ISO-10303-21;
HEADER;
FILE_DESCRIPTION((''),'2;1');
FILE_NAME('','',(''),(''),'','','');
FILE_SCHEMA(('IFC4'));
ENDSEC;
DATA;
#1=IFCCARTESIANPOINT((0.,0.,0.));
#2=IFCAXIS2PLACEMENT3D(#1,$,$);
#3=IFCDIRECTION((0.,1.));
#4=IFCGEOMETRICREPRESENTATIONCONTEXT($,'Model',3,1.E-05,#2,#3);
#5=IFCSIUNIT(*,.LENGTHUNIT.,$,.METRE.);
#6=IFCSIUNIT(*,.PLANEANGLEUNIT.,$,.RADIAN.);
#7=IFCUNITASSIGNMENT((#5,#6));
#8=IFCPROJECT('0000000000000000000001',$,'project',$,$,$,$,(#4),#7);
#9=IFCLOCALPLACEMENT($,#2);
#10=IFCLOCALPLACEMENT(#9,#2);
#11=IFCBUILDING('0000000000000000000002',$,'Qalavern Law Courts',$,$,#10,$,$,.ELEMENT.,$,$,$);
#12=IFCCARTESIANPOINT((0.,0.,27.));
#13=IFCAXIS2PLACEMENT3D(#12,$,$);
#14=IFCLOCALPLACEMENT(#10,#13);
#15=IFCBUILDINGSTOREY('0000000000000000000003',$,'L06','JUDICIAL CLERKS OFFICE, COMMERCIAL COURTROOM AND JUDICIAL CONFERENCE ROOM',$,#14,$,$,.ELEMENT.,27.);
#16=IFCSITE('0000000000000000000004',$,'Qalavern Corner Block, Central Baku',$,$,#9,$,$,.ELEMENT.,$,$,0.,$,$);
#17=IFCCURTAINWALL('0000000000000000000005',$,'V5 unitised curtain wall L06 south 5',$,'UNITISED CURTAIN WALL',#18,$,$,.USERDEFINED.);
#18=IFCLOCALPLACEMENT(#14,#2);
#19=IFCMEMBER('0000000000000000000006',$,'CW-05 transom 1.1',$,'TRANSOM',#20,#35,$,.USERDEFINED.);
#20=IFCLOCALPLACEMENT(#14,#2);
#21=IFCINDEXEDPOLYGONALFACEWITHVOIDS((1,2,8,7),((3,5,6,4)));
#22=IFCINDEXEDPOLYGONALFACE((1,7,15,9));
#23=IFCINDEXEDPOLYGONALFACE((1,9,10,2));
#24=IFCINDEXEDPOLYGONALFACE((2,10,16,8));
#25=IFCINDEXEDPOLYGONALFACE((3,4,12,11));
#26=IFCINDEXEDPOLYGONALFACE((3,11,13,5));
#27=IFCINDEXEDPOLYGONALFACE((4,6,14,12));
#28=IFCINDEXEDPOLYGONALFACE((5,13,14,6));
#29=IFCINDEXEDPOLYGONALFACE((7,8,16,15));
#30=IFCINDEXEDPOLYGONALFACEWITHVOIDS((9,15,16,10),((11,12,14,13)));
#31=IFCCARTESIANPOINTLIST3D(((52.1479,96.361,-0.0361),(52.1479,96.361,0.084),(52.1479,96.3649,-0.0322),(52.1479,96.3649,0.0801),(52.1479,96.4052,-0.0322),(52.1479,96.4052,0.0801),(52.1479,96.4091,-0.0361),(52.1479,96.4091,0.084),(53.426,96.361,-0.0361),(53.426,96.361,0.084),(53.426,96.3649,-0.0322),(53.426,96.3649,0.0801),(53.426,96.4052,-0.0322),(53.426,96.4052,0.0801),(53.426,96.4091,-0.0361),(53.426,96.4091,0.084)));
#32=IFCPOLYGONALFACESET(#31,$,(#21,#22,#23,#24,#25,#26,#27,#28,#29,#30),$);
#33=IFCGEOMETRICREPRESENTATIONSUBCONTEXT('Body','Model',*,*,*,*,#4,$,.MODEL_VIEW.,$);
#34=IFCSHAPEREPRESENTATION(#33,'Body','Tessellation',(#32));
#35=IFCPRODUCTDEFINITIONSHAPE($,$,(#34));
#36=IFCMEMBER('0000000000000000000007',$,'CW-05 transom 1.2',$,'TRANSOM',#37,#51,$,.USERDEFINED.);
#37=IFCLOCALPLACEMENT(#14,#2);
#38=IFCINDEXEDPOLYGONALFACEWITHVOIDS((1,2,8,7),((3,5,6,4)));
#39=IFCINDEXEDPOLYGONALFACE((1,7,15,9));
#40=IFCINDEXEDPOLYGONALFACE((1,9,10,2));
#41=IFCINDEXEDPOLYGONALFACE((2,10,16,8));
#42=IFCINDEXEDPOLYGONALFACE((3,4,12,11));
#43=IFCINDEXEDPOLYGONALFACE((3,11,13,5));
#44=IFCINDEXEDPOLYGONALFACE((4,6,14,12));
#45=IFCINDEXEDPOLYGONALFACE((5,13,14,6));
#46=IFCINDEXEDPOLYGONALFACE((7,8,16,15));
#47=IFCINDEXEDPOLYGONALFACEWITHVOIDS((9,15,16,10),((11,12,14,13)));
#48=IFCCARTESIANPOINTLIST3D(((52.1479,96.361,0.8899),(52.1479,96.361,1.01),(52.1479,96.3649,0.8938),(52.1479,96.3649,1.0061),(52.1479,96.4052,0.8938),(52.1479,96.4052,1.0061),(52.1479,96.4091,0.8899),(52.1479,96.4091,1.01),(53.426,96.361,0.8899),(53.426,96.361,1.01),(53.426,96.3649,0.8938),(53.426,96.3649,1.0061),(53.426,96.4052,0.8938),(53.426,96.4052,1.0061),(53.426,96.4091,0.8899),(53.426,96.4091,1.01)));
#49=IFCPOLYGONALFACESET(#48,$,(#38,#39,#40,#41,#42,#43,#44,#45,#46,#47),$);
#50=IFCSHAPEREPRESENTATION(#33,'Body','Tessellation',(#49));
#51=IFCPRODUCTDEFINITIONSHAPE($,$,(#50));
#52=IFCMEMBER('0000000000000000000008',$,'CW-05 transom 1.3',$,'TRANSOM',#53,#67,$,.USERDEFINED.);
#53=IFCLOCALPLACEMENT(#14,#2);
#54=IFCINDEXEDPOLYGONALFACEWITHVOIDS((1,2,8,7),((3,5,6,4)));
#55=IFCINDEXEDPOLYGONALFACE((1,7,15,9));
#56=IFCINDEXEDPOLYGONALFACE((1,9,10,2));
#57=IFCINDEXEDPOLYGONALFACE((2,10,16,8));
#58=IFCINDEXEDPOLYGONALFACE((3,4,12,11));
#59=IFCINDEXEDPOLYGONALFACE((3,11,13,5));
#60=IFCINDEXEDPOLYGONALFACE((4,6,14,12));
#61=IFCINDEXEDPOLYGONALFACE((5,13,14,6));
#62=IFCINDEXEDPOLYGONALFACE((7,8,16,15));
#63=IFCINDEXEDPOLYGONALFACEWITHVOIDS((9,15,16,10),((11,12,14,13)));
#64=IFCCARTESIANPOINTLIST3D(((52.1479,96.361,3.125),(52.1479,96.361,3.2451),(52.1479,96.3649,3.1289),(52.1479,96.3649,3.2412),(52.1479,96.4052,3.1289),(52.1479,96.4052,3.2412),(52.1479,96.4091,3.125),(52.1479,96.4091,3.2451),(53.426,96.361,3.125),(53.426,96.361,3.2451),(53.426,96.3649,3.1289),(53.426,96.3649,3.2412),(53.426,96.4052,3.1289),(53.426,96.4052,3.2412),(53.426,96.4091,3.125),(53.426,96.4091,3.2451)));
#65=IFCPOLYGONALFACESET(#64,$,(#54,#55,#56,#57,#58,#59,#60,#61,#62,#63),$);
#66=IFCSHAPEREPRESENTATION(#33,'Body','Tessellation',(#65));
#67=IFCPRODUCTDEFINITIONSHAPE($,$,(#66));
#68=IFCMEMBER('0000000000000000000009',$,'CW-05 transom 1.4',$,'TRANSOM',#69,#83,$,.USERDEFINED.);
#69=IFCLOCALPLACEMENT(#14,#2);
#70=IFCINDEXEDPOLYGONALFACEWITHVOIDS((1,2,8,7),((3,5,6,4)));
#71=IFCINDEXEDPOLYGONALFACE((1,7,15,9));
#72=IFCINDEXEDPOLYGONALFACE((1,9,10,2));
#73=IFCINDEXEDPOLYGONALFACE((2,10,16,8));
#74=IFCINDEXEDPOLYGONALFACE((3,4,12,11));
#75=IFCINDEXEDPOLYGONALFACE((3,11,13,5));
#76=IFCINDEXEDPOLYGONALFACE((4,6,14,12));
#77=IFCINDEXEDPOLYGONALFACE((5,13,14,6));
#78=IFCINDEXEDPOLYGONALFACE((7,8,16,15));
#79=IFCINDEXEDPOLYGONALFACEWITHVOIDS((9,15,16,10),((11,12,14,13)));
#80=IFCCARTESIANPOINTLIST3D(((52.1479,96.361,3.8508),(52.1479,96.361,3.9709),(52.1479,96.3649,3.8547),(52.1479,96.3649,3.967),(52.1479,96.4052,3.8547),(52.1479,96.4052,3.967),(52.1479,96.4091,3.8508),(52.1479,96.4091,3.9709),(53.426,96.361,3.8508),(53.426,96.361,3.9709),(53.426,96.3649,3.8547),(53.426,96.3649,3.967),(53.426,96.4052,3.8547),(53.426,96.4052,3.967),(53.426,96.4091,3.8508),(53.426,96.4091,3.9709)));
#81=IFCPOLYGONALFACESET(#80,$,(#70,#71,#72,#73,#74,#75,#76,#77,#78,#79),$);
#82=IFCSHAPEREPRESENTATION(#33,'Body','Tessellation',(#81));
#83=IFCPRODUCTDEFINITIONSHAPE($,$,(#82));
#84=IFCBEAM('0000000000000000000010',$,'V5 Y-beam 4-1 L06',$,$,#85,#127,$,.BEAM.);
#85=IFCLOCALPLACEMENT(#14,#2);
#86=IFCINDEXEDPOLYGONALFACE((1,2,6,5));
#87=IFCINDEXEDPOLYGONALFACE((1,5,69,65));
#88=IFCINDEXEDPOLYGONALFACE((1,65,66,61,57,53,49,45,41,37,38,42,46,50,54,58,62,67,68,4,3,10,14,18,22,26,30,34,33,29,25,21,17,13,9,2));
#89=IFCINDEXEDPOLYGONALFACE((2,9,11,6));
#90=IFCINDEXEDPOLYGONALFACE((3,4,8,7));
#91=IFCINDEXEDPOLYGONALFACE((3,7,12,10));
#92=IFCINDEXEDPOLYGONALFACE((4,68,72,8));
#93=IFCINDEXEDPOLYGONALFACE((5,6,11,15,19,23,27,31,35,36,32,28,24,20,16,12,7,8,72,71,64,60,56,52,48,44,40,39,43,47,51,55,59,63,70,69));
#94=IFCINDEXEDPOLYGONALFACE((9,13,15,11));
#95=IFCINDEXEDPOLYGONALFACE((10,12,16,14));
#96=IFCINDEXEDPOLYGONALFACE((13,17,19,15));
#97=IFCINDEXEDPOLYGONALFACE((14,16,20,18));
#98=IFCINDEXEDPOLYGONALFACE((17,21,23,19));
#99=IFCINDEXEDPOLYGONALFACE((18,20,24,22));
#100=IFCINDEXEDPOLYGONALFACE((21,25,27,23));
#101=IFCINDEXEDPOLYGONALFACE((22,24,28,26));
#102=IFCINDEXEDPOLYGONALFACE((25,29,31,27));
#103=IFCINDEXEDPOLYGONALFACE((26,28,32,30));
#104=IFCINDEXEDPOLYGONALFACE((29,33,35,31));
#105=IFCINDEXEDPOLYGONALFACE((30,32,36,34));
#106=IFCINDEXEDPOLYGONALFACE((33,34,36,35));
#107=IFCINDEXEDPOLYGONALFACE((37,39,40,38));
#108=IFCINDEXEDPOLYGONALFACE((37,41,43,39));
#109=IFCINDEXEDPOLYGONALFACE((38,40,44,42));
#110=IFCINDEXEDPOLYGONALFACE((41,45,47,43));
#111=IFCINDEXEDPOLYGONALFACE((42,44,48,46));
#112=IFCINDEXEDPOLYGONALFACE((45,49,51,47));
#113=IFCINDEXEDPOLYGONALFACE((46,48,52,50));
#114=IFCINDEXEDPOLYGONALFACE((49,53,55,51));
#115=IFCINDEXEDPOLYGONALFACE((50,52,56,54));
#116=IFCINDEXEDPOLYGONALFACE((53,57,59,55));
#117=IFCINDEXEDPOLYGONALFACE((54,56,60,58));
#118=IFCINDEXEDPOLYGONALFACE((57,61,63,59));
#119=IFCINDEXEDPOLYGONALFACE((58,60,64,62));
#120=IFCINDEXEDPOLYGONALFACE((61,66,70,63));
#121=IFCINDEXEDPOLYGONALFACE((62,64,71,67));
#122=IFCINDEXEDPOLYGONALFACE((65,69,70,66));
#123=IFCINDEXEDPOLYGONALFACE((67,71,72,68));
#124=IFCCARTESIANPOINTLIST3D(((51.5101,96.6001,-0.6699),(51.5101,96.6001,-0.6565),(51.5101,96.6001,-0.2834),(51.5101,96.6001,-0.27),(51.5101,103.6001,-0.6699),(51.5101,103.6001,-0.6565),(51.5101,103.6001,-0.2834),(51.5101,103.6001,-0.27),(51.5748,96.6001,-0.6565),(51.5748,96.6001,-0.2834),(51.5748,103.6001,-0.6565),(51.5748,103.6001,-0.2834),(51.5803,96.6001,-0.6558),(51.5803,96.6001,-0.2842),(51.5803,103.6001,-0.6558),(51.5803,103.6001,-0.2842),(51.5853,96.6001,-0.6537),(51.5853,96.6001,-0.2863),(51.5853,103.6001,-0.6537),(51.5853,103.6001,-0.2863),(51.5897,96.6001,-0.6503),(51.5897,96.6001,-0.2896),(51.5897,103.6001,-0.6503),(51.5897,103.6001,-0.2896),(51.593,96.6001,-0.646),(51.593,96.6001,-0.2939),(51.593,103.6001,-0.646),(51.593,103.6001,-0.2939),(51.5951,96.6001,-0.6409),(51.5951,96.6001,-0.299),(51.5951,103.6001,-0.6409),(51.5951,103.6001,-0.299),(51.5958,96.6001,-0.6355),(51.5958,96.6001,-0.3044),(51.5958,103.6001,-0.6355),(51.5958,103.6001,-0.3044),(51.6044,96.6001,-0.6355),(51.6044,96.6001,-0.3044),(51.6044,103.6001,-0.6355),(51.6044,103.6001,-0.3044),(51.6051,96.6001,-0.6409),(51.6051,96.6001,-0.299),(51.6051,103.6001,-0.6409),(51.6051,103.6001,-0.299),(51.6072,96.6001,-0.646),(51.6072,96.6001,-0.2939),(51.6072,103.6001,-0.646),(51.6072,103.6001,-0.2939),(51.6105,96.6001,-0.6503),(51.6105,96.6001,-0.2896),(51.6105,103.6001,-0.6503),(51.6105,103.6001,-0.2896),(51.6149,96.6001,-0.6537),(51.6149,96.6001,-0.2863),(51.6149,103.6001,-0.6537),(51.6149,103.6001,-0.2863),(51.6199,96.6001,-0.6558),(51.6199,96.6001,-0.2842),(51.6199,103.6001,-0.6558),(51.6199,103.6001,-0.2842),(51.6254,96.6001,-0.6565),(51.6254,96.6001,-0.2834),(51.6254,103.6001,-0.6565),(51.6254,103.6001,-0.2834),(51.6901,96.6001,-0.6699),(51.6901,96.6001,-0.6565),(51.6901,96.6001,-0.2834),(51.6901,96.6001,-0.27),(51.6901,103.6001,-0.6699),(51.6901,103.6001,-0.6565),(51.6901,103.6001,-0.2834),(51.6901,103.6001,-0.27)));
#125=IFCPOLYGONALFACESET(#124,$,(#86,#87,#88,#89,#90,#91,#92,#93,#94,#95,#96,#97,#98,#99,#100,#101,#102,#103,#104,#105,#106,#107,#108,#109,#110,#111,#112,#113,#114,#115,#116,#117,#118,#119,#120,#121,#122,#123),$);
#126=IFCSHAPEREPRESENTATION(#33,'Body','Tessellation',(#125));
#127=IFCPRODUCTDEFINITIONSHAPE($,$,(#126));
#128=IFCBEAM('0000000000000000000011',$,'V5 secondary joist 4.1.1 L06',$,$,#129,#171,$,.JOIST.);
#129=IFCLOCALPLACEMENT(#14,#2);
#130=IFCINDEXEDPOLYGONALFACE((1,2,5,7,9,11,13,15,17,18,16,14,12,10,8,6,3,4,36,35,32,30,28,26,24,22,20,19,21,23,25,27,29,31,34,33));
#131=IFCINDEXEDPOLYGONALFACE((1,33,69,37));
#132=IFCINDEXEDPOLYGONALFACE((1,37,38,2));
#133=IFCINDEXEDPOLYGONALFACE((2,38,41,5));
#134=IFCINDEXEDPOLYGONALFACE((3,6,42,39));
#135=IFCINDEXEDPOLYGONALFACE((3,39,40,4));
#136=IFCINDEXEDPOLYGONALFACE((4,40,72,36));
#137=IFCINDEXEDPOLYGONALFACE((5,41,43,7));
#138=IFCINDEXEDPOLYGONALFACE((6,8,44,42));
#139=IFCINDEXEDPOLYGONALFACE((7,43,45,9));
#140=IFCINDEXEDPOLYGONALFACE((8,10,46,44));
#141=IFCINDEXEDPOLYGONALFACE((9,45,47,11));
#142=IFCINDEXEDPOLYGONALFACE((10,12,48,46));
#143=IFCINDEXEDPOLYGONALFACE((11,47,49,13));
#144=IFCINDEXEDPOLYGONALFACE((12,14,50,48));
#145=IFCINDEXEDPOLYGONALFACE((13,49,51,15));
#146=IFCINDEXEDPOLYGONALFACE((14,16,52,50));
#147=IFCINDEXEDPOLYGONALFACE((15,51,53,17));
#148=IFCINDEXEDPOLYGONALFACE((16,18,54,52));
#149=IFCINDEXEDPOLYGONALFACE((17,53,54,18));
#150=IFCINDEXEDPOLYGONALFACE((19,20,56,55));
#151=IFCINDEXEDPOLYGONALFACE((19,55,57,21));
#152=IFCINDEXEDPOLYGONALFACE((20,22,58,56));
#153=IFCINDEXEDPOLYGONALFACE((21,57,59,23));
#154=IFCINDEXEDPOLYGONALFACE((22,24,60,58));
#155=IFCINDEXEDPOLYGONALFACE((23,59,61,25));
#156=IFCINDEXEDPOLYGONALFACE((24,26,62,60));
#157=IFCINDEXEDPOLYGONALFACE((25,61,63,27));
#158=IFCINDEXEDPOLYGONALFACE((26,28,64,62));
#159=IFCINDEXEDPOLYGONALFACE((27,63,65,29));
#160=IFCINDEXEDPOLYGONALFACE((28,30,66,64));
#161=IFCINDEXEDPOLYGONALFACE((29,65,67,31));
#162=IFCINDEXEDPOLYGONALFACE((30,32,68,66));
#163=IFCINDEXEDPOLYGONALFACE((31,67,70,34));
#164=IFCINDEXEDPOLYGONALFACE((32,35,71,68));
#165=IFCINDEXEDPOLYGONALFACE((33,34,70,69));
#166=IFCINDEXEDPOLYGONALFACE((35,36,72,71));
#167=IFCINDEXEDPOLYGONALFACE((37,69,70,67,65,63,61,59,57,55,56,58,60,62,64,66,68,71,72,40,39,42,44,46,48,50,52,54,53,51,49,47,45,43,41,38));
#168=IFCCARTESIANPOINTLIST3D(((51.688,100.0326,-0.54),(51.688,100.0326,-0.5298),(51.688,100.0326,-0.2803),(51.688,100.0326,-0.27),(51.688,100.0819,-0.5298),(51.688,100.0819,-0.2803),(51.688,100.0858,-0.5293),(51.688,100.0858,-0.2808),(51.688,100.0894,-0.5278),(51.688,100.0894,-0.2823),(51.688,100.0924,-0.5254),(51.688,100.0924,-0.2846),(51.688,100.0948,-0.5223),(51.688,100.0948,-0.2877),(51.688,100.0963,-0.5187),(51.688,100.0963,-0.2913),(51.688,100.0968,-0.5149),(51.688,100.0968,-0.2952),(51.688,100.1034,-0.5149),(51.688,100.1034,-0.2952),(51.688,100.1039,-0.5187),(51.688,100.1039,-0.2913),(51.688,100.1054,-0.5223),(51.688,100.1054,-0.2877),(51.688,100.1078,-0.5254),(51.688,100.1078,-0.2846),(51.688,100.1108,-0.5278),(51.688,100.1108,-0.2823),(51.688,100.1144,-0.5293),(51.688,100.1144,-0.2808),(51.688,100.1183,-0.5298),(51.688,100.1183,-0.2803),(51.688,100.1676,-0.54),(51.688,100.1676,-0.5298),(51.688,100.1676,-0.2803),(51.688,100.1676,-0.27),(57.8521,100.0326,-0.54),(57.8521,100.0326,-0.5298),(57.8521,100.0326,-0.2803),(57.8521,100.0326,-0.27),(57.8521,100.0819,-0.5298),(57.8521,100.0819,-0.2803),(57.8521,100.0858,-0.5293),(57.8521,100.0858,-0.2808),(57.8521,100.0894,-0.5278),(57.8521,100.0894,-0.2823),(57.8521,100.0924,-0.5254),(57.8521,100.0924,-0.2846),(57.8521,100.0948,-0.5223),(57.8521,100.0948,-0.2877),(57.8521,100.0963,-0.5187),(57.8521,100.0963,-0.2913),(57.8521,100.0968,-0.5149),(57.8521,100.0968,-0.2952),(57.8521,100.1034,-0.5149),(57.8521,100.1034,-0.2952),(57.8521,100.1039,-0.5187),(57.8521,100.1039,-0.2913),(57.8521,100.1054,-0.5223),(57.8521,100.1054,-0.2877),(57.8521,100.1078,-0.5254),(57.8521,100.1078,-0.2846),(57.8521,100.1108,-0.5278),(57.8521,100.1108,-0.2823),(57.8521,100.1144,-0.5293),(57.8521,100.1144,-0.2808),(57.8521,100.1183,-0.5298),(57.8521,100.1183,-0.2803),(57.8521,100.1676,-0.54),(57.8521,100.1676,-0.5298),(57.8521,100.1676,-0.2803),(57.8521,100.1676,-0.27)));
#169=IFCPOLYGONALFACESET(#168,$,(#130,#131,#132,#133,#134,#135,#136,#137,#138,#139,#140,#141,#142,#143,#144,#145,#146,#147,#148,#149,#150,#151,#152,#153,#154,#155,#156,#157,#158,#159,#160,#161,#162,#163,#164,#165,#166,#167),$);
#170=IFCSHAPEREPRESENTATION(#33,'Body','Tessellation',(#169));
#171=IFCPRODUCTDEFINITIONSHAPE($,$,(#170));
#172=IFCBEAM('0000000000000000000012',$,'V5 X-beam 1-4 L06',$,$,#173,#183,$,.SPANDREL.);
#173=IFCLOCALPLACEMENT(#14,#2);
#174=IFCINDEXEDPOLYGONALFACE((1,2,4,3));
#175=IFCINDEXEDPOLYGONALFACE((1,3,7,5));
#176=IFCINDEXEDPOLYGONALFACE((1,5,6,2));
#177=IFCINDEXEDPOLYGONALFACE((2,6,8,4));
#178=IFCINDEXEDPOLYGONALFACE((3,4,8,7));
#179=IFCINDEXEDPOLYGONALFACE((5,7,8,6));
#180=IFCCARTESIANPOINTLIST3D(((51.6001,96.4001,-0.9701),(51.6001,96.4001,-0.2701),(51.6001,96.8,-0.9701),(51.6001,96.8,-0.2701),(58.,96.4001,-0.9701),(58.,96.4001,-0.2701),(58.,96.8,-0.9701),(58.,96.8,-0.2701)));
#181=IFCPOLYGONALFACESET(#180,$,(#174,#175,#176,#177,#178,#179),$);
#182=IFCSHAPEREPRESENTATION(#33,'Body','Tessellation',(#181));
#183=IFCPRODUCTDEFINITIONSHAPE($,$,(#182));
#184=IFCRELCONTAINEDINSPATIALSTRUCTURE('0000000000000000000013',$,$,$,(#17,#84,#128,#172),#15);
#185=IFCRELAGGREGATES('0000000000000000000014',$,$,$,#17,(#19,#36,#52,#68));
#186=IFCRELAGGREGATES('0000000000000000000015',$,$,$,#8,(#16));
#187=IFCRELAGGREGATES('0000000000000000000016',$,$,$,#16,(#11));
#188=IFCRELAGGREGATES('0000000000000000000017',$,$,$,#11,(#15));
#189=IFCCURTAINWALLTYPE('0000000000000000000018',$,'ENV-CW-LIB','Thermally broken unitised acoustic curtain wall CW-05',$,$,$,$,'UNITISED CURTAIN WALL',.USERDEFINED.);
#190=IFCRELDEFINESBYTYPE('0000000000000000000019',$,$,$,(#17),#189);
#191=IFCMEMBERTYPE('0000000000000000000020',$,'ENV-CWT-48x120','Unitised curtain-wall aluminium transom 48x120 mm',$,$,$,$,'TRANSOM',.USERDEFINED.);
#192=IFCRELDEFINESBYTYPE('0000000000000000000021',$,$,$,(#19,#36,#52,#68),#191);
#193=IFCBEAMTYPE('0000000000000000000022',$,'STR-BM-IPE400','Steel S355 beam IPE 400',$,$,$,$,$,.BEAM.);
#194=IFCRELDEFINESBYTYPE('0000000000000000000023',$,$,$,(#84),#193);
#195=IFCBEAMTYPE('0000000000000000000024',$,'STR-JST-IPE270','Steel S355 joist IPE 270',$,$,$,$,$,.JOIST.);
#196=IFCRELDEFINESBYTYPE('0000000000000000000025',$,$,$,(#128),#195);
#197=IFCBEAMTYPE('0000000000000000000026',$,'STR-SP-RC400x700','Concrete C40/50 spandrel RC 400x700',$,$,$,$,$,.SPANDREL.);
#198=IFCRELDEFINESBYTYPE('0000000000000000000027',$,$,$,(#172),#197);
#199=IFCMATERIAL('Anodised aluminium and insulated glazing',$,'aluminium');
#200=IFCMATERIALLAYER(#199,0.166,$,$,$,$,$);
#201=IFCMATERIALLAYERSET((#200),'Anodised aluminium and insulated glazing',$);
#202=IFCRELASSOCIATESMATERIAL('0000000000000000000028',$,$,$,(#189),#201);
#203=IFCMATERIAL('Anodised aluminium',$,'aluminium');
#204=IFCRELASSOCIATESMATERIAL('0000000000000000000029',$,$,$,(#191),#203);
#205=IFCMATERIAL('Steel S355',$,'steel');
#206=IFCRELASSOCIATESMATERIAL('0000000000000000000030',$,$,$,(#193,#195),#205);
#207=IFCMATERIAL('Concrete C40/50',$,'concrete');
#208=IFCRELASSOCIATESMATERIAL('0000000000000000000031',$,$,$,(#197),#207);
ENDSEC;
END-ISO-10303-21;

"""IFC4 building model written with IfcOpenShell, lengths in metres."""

from ifc_helpers import new_model, si_unit, direction, frame, origin, origin_2d, place, context, subcontext, project, spatial, rectangle, hollow_rectangle, i_section, extrude, material, layer, layer_set, material_profile, profile_set, type_object, element, aggregate, save


model = new_model("IFC4")

# Units and contexts
model_context = context("Model", 3, precision=1e-05, world=origin(), true_north=direction((0.0, 1.0)))
body_context = subcontext(model_context, "Body", "Model", "MODEL_VIEW")
ifc_project = project(units=[si_unit("LENGTHUNIT", "METRE"), si_unit("PLANEANGLEUNIT", "RADIAN")], contexts=[model_context])

# Site, building, storey
site_placement = place(None, origin())
site = spatial("IfcSite", under=ifc_project, at=site_placement, Name="Qalavern Corner Block, Central Baku", CompositionType="ELEMENT", RefElevation=0.0)
building_placement = place(site_placement, origin())
building = spatial("IfcBuilding", under=site, at=building_placement, Name="Qalavern Law Courts", CompositionType="ELEMENT")
storey_placement = place(building_placement, frame((0.0, 0.0, 27.0)))
storey = spatial("IfcBuildingStorey", under=building, at=storey_placement, Name="L06", Description="JUDICIAL CLERKS OFFICE, COMMERCIAL COURTROOM AND JUDICIAL CONFERENCE ROOM", CompositionType="ELEMENT", Elevation=27.0)

# Shared definitions
ifc_material_1 = material(Name="Anodised aluminium and insulated glazing", Category="aluminium")
ifc_layer_1 = layer(ifc_material_1, 0.166)
ifc_layer_set_1 = layer_set([ifc_layer_1], Name="Anodised aluminium and insulated glazing")
curtain_wall_type = type_object("IfcCurtainWallType", Name="ENV-CW-LIB", Description="Thermally broken unitised acoustic curtain wall CW-05", ElementType="UNITISED CURTAIN WALL", PredefinedType="USERDEFINED", material=ifc_layer_set_1)
ifc_material_2 = material(Name="Anodised aluminium", Category="aluminium")

# Curtain wall
curtain_wall_1_placement = place(storey_placement, origin())
curtain_wall_1 = element("IfcCurtainWall", 1, at=curtain_wall_1_placement, inside=storey, type_object=curtain_wall_type, Name="V5 unitised curtain wall L06 south 5", ObjectType="UNITISED CURTAIN WALL", PredefinedType="USERDEFINED")

# Members
ifc_material_profile_1 = material_profile(ifc_material_2, hollow_rectangle(XDim=0.0481, YDim=0.1201, WallThickness=0.0039, at=origin_2d()), Name="ALU TRANSOM 48x120")
ifc_profile_set_1 = profile_set([ifc_material_profile_1], Name="Anodised aluminium")
member_type_1 = type_object("IfcMemberType", Name="ENV-CWT-48x120", Description="Unitised curtain-wall aluminium transom 48x120 mm", ElementType="TRANSOM", PredefinedType="USERDEFINED", material=ifc_profile_set_1)
member_1_placement = place(storey_placement, frame((52.1479, 96.385, 0.0239), z_axis=(1.0, 0.0, 0.0), x_axis=(0.0, 1.0, 0.0)))
member_1 = element("IfcMember", 2, at=member_1_placement, type_object=member_type_1, Name="CW-05 transom 1.1", ObjectType="TRANSOM", PredefinedType="USERDEFINED", context=body_context, shape_type="SweptSolid", body=[
    extrude(hollow_rectangle(XDim=0.0481, YDim=0.1201, WallThickness=0.0039, at=origin_2d()), origin(), (0.0, 0.0, 1.0), 1.2781),
])
member_2_placement = place(storey_placement, frame((52.1479, 96.385, 0.95), z_axis=(1.0, 0.0, 0.0), x_axis=(0.0, 1.0, 0.0)))
member_2 = element("IfcMember", 3, at=member_2_placement, type_object=member_type_1, Name="CW-05 transom 1.2", ObjectType="TRANSOM", PredefinedType="USERDEFINED", context=body_context, shape_type="SweptSolid", body=[
    extrude(hollow_rectangle(XDim=0.0481, YDim=0.1201, WallThickness=0.0039, at=origin_2d()), origin(), (0.0, 0.0, 1.0), 1.2781),
])
member_3_placement = place(storey_placement, frame((52.1479, 96.385, 3.1851), z_axis=(1.0, 0.0, 0.0), x_axis=(0.0, 1.0, 0.0)))
member_3 = element("IfcMember", 4, at=member_3_placement, type_object=member_type_1, Name="CW-05 transom 1.3", ObjectType="TRANSOM", PredefinedType="USERDEFINED", context=body_context, shape_type="SweptSolid", body=[
    extrude(hollow_rectangle(XDim=0.0481, YDim=0.1201, WallThickness=0.0039, at=origin_2d()), origin(), (0.0, 0.0, 1.0), 1.2781),
])
member_4_placement = place(storey_placement, frame((52.1479, 96.385, 3.9109), z_axis=(1.0, 0.0, 0.0), x_axis=(0.0, 1.0, 0.0)))
member_4 = element("IfcMember", 5, at=member_4_placement, type_object=member_type_1, Name="CW-05 transom 1.4", ObjectType="TRANSOM", PredefinedType="USERDEFINED", context=body_context, shape_type="SweptSolid", body=[
    extrude(hollow_rectangle(XDim=0.0481, YDim=0.1201, WallThickness=0.0039, at=origin_2d()), origin(), (0.0, 0.0, 1.0), 1.2781),
])

# Beams
ifc_material_3 = material(Name="Steel S355", Category="steel")
ifc_material_profile_2 = material_profile(ifc_material_3, i_section(OverallWidth=0.1799, OverallDepth=0.3999, WebThickness=0.0085, FlangeThickness=0.0134, FilletRadius=0.021, at=origin_2d()), Name="IPE 400")
ifc_profile_set_2 = profile_set([ifc_material_profile_2], Name="Steel S355")
beam_type_1 = type_object("IfcBeamType", Name="STR-BM-IPE400", Description="Steel S355 beam IPE 400", PredefinedType="BEAM", material=ifc_profile_set_2)
beam_1_placement = place(storey_placement, frame((51.6001, 96.6001, -0.47), z_axis=(0.0, 1.0, 0.0), x_axis=(-1.0, 0.0, 0.0)))
element("IfcBeam", 6, at=beam_1_placement, inside=storey, type_object=beam_type_1, Name="V5 Y-beam 4-1 L06", PredefinedType="BEAM", context=body_context, shape_type="SweptSolid", body=[
    extrude(i_section(OverallWidth=0.1799, OverallDepth=0.3999, WebThickness=0.0085, FlangeThickness=0.0134, FilletRadius=0.021, at=origin_2d()), origin(), (0.0, 0.0, 1.0), 7.0),
])
ifc_material_profile_3 = material_profile(ifc_material_3, i_section(OverallWidth=0.135, OverallDepth=0.27, WebThickness=0.0066, FlangeThickness=0.0103, FilletRadius=0.0149, at=origin_2d()), Name="IPE 270")
ifc_profile_set_3 = profile_set([ifc_material_profile_3], Name="Steel S355")
beam_type_2 = type_object("IfcBeamType", Name="STR-JST-IPE270", Description="Steel S355 joist IPE 270", PredefinedType="JOIST", material=ifc_profile_set_3)
beam_2_placement = place(storey_placement, frame((51.688, 100.1001, -0.405), z_axis=(1.0, 0.0, 0.0), x_axis=(0.0, 1.0, 0.0)))
element("IfcBeam", 7, at=beam_2_placement, inside=storey, type_object=beam_type_2, Name="V5 secondary joist 4.1.1 L06", PredefinedType="JOIST", context=body_context, shape_type="SweptSolid", body=[
    extrude(i_section(OverallWidth=0.135, OverallDepth=0.27, WebThickness=0.0066, FlangeThickness=0.0103, FilletRadius=0.0149, at=origin_2d()), origin(), (0.0, 0.0, 1.0), 6.1641),
])
ifc_material_4 = material(Name="Concrete C40/50", Category="concrete")
ifc_material_profile_4 = material_profile(ifc_material_4, rectangle(XDim=0.3999, YDim=0.7, at=origin_2d()), Name="RC 400x700")
ifc_profile_set_4 = profile_set([ifc_material_profile_4], Name="Concrete C40/50")
beam_type_3 = type_object("IfcBeamType", Name="STR-SP-RC400x700", Description="Concrete C40/50 spandrel RC 400x700", PredefinedType="SPANDREL", material=ifc_profile_set_4)
beam_3_placement = place(storey_placement, frame((51.6001, 96.6001, -0.6201), z_axis=(1.0, 0.0, 0.0), x_axis=(0.0, 1.0, 0.0)))
element("IfcBeam", 8, at=beam_3_placement, inside=storey, type_object=beam_type_3, Name="V5 X-beam 1-4 L06", PredefinedType="SPANDREL", context=body_context, shape_type="SweptSolid", body=[
    extrude(rectangle(XDim=0.3999, YDim=0.7, at=origin_2d()), origin(), (0.0, 0.0, 1.0), 6.3999),
])

aggregate(curtain_wall_1, [member_1, member_2, member_3, member_4])

save(model, "model.ifc")
